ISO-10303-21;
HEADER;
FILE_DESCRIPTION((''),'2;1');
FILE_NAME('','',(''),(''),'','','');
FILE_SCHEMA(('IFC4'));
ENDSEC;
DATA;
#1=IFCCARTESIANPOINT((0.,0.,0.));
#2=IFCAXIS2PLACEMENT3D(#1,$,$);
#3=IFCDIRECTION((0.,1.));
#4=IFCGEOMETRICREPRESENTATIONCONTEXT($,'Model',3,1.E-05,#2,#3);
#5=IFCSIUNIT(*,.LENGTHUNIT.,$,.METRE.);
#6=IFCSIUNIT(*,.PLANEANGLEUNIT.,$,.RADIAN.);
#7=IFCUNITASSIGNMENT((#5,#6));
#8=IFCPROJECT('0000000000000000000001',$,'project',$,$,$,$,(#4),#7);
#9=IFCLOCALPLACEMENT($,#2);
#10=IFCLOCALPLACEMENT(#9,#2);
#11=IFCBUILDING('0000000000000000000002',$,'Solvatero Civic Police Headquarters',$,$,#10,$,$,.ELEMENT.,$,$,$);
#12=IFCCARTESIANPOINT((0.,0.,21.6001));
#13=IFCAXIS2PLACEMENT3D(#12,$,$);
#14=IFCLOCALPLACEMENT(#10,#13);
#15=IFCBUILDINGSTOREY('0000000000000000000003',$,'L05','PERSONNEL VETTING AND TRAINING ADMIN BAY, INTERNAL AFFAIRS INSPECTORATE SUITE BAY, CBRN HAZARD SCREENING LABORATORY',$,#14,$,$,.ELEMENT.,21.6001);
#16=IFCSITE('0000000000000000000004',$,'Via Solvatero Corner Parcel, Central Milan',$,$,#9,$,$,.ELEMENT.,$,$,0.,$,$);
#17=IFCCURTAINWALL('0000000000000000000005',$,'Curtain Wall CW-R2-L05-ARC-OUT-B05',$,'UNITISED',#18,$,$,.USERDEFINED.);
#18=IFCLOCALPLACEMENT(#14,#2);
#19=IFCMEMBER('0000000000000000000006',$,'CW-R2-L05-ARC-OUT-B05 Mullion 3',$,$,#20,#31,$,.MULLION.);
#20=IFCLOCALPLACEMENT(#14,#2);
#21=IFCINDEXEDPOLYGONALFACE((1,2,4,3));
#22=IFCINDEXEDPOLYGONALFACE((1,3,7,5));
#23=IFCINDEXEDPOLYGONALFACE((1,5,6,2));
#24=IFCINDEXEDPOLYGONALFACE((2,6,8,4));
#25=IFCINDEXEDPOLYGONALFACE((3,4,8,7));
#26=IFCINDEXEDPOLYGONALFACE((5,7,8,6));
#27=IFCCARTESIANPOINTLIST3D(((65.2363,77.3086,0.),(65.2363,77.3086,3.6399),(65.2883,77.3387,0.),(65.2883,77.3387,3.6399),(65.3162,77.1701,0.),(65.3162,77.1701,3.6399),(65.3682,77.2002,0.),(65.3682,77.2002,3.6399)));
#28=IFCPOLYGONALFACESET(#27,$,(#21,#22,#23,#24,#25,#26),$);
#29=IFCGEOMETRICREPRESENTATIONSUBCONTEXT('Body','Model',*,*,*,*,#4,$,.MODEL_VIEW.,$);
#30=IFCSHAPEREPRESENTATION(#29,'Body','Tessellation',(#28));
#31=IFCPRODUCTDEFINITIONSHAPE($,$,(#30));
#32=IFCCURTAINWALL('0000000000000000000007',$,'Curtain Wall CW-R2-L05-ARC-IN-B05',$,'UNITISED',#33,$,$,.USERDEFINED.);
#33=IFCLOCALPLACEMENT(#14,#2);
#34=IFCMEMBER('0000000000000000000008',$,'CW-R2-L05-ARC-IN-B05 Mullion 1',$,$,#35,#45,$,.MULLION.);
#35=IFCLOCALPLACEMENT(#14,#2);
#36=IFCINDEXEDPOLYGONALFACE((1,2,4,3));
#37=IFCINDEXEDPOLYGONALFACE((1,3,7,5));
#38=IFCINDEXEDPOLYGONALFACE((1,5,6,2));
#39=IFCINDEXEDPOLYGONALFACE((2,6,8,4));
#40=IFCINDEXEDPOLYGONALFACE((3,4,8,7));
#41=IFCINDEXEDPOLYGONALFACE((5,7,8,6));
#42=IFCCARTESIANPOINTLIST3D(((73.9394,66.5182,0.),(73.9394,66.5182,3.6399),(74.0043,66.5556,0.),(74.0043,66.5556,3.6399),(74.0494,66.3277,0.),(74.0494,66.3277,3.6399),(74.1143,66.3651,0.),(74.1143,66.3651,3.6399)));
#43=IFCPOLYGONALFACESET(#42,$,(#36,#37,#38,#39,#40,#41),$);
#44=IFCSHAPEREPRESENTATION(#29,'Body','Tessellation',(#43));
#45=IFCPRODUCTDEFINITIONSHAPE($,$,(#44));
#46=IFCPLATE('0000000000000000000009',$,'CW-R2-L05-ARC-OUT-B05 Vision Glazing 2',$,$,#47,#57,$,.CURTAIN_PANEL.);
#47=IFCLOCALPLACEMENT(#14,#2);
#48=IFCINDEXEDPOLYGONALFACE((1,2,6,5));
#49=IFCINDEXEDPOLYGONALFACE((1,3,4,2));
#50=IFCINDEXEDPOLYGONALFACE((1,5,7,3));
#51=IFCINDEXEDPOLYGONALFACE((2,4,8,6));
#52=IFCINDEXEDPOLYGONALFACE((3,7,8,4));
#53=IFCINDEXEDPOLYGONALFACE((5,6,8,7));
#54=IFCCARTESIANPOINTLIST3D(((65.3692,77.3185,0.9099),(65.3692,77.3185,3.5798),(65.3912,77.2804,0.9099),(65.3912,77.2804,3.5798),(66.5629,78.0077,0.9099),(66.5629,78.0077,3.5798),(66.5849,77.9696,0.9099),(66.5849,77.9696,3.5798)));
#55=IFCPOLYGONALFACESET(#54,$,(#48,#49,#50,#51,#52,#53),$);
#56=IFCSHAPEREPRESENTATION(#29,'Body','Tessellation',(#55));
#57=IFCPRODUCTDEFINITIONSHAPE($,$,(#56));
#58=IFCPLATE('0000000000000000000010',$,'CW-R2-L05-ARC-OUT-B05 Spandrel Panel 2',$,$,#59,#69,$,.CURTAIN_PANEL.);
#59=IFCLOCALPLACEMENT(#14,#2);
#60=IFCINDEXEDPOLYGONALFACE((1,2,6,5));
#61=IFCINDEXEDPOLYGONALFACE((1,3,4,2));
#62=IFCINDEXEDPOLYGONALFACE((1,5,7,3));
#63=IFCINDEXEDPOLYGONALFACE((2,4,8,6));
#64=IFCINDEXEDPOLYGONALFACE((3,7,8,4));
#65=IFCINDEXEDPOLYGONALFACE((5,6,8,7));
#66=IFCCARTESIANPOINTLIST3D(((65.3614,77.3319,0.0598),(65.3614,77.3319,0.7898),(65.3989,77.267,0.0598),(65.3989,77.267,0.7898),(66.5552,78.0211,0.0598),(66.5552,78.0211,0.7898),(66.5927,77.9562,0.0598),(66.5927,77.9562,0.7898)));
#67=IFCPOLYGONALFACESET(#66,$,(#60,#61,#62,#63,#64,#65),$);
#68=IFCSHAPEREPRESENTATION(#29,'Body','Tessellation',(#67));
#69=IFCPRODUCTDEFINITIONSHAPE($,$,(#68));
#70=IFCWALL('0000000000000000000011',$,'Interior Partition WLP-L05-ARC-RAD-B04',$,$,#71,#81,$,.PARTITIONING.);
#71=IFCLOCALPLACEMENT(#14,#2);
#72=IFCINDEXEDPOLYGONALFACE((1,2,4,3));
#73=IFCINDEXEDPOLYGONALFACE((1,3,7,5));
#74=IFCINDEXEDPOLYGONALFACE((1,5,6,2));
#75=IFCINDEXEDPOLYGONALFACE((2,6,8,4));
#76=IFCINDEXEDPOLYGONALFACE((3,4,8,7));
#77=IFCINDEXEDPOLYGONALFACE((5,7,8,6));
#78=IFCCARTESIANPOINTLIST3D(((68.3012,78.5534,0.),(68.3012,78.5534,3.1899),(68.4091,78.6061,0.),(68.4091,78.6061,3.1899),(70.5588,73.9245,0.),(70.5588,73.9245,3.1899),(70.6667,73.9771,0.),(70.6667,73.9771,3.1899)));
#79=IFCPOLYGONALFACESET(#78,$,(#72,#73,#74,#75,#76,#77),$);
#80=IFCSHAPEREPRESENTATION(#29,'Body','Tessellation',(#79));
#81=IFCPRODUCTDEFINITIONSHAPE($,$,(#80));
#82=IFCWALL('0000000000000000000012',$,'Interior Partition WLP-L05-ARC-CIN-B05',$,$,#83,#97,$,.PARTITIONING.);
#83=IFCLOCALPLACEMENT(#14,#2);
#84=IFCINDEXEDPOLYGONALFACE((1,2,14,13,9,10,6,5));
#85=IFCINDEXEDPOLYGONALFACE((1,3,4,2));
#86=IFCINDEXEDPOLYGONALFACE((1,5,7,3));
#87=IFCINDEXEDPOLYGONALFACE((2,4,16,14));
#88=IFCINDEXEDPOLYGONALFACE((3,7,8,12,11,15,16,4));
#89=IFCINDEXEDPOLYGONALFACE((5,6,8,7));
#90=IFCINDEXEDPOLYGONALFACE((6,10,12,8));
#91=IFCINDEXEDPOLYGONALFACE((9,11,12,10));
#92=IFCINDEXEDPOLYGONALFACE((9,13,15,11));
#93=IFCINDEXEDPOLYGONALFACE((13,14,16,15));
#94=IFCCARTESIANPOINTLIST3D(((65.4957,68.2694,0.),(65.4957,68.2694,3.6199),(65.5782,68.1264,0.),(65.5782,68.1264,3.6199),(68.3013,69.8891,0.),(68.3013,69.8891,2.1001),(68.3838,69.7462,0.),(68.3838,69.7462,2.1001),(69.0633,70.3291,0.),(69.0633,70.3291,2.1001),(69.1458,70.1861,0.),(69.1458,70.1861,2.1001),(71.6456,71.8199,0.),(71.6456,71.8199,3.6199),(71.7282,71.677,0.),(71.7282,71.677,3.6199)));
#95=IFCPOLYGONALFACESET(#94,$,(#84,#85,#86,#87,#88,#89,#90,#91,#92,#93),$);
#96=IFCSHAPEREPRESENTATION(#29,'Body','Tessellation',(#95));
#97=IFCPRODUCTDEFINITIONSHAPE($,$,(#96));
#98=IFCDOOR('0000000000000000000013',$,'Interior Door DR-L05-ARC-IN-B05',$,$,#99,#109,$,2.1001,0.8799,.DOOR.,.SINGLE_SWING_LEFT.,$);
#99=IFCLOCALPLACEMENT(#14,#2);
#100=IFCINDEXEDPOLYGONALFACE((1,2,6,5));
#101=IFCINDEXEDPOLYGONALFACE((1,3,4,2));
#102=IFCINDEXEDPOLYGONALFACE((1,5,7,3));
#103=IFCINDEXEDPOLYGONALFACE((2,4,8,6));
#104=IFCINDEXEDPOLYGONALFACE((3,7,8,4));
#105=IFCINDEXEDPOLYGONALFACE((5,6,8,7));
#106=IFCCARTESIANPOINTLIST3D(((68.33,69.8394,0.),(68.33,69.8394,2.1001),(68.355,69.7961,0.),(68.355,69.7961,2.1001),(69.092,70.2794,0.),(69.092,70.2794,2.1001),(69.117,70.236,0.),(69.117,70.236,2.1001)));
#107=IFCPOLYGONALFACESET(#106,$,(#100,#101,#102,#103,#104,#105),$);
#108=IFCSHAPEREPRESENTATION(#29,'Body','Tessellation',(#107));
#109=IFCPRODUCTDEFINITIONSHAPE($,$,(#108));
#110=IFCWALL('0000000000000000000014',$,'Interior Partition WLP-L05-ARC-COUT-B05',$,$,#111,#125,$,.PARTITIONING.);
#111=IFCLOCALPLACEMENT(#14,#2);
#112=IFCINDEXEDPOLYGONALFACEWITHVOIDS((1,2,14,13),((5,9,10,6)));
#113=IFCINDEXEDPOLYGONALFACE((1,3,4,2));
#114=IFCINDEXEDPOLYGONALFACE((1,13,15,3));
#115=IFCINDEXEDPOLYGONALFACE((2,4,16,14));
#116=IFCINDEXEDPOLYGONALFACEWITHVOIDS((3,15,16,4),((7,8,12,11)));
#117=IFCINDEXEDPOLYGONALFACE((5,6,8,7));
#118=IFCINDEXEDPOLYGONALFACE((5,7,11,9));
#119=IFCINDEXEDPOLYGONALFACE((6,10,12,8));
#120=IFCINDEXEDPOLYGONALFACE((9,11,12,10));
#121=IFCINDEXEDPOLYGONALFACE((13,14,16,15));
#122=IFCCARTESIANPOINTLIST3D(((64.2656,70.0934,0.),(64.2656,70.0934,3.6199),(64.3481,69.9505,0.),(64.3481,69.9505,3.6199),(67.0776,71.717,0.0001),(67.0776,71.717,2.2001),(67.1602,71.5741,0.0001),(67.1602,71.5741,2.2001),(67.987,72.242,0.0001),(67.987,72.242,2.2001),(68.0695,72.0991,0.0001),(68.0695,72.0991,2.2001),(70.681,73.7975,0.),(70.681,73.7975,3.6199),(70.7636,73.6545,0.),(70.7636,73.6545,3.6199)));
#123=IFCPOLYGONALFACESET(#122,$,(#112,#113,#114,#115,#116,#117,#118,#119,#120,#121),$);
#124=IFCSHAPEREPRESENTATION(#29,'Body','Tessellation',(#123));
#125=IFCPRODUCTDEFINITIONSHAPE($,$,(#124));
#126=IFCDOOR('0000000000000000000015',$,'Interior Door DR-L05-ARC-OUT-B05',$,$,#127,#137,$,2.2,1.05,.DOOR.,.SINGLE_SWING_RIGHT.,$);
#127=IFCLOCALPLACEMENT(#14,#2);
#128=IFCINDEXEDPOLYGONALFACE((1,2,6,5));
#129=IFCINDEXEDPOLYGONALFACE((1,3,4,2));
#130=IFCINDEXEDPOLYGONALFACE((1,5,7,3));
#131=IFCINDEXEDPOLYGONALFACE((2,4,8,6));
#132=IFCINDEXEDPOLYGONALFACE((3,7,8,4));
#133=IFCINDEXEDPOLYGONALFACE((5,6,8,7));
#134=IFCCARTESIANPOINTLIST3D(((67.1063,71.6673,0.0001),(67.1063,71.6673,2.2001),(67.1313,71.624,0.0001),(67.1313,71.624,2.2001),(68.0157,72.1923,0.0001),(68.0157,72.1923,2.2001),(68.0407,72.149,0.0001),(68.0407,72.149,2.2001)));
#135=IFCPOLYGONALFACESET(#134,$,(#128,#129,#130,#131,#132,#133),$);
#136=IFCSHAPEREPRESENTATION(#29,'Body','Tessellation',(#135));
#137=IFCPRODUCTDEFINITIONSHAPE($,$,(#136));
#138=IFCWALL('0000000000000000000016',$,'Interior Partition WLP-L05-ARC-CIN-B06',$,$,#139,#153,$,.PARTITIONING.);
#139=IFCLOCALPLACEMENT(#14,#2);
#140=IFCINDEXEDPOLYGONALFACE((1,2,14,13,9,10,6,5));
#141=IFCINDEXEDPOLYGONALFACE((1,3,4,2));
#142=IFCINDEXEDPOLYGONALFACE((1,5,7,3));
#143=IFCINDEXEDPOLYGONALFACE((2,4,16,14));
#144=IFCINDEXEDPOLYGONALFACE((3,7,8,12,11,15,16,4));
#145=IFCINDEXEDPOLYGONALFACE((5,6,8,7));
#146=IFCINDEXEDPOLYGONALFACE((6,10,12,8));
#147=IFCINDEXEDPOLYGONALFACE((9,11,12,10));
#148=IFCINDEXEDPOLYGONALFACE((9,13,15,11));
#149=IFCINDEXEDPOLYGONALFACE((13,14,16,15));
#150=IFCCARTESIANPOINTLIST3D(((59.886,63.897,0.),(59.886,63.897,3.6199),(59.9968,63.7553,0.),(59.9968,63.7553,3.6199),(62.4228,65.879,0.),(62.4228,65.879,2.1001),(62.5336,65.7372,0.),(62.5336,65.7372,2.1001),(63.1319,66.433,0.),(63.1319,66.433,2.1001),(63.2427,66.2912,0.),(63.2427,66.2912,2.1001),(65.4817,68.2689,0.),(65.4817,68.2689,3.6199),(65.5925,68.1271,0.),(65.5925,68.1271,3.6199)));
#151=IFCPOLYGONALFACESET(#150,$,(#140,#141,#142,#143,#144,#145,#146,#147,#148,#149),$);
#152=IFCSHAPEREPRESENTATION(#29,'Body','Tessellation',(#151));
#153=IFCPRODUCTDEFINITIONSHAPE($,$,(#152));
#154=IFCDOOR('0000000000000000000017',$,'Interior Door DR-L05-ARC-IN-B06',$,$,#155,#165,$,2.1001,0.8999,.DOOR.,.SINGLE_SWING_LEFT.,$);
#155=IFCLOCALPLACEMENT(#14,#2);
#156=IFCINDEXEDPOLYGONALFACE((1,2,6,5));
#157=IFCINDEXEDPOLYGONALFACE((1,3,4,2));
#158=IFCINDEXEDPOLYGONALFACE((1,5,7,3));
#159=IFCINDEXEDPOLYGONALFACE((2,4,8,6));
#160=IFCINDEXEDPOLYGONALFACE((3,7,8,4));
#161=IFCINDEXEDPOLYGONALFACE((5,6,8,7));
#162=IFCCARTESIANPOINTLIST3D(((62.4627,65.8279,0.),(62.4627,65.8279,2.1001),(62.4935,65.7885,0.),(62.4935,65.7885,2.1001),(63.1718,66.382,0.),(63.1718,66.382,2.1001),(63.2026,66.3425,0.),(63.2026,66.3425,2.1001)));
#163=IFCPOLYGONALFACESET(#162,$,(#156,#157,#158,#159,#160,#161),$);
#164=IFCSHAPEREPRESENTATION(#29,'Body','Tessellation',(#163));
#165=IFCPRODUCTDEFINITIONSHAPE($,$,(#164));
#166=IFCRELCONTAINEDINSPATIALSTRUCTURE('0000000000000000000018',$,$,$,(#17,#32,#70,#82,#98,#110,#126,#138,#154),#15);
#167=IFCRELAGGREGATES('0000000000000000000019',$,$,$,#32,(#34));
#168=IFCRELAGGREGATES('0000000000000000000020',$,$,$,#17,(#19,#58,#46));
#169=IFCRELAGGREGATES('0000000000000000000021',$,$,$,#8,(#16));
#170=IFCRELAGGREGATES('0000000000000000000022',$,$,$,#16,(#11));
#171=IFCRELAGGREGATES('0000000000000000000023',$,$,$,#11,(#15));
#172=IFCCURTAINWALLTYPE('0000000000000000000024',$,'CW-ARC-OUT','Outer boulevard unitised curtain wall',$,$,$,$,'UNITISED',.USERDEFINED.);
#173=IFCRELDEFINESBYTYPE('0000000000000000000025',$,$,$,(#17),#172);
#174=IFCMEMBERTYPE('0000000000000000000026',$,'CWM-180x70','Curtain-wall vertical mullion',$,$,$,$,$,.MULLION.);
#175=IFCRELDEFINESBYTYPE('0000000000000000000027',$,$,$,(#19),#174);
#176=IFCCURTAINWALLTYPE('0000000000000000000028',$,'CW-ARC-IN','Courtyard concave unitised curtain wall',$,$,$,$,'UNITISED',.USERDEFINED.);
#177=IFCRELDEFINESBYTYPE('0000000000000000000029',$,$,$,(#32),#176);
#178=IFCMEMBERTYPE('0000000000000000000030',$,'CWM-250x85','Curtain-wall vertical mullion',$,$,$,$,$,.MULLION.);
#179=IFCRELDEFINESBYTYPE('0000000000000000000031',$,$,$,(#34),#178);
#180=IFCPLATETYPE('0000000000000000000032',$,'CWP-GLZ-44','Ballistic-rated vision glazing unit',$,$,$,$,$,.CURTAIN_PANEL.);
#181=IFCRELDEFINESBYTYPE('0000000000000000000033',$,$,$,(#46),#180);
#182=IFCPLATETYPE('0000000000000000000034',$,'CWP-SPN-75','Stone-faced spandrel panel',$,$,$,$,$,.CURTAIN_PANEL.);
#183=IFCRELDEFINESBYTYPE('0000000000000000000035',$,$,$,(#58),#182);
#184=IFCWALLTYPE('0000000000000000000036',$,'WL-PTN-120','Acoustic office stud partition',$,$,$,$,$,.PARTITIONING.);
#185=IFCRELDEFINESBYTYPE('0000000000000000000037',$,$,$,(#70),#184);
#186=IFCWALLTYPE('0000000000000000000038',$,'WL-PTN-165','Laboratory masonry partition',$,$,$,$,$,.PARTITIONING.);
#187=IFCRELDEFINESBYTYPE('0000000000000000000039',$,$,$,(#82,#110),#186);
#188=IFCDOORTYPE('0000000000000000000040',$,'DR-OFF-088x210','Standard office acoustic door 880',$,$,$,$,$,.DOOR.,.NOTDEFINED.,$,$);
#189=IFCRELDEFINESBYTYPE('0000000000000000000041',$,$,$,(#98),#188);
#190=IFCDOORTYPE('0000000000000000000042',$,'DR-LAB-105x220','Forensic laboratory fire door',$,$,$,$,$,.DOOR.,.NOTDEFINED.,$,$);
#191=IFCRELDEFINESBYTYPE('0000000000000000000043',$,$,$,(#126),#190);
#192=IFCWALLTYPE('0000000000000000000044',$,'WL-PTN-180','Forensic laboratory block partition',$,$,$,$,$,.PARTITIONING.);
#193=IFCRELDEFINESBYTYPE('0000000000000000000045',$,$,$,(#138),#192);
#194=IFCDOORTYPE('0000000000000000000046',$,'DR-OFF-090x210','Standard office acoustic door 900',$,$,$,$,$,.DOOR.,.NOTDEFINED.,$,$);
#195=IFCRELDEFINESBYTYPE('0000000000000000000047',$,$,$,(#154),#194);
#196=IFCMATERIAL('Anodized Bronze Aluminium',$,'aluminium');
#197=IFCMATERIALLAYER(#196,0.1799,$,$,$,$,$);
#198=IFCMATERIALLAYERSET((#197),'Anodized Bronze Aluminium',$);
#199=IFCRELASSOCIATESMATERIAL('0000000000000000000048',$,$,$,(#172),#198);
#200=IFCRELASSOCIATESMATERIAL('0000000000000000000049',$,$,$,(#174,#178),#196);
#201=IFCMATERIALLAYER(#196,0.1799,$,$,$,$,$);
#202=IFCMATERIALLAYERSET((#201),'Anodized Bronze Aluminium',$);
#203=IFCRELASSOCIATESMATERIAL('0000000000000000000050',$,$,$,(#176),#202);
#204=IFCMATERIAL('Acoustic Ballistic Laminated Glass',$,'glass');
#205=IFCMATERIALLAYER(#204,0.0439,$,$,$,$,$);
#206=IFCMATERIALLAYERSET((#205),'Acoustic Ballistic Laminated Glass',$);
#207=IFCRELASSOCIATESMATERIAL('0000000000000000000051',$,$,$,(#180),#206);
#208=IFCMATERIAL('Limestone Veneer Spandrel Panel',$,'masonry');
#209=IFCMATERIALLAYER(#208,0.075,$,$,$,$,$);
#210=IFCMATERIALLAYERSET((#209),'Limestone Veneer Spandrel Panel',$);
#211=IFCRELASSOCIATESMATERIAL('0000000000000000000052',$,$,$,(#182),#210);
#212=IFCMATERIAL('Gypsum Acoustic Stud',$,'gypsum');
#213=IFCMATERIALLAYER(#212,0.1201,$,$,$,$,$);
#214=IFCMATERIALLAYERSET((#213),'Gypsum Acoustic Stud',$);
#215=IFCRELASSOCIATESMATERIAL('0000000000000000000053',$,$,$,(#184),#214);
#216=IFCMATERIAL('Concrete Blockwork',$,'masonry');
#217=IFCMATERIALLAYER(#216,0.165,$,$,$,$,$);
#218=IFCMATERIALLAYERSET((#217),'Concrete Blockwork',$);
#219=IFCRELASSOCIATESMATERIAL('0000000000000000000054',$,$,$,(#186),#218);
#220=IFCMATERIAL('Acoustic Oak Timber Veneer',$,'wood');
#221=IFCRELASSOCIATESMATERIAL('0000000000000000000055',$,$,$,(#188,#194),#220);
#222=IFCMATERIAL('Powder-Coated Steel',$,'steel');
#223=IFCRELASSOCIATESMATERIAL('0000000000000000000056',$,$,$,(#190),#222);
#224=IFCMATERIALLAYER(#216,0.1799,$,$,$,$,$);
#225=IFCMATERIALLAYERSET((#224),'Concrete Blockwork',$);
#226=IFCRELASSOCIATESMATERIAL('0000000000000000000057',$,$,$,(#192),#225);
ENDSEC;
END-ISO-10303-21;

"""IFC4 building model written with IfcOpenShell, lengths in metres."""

from ifc_helpers import new_model, si_unit, direction, frame, frame_2d, origin, origin_2d, place, context, subcontext, project, spatial, rectangle, extrude, material, layer, layer_set, material_profile, profile_set, type_object, element, fill, aggregate, save


model = new_model("IFC4")

# Units and contexts
model_context = context("Model", 3, precision=1e-05, world=origin(), true_north=direction((0.0, 1.0)))
body_context = subcontext(model_context, "Body", "Model", "MODEL_VIEW")
ifc_project = project(units=[si_unit("LENGTHUNIT", "METRE"), si_unit("PLANEANGLEUNIT", "RADIAN")], contexts=[model_context])

# Site, building, storey
site_placement = place(None, origin())
site = spatial("IfcSite", under=ifc_project, at=site_placement, Name="Via Solvatero Corner Parcel, Central Milan", CompositionType="ELEMENT", RefElevation=0.0)
building_placement = place(site_placement, origin())
building = spatial("IfcBuilding", under=site, at=building_placement, Name="Solvatero Civic Police Headquarters", CompositionType="ELEMENT")
storey_placement = place(building_placement, frame((0.0, 0.0, 21.6001)))
storey = spatial("IfcBuildingStorey", under=building, at=storey_placement, Name="L05", Description="PERSONNEL VETTING AND TRAINING ADMIN BAY, INTERNAL AFFAIRS INSPECTORATE SUITE BAY, CBRN HAZARD SCREENING LABORATORY", CompositionType="ELEMENT", Elevation=21.6001)

# Curtain walls, members
ifc_material_1 = material(Name="Anodized Bronze Aluminium", Category="aluminium")
ifc_layer_1 = layer(ifc_material_1, 0.1799)
ifc_layer_set_1 = layer_set([ifc_layer_1], Name="Anodized Bronze Aluminium")
curtain_wall_type_1 = type_object("IfcCurtainWallType", Name="CW-ARC-OUT", Description="Outer boulevard unitised curtain wall", ElementType="UNITISED", PredefinedType="USERDEFINED", material=ifc_layer_set_1)
curtain_wall_1_placement = place(storey_placement, origin())
curtain_wall_1 = element("IfcCurtainWall", 1, at=curtain_wall_1_placement, inside=storey, type_object=curtain_wall_type_1, Name="Curtain Wall CW-R2-L05-ARC-OUT-B05", ObjectType="UNITISED", PredefinedType="USERDEFINED")
ifc_material_profile_1 = material_profile(ifc_material_1, rectangle(XDim=0.0601, YDim=0.1599, at=origin_2d()), Name="ALU MULLION 60x160")
ifc_profile_set_1 = profile_set([ifc_material_profile_1], Name="Anodized Bronze Aluminium")
member_type_1 = type_object("IfcMemberType", Name="CWM-180x70", Description="Curtain-wall vertical mullion", PredefinedType="MULLION", material=ifc_profile_set_1)
member_1_placement = place(storey_placement, frame((65.3022, 77.2544, 0.0), z_axis=(0.0, 0.0, 1.0), x_axis=(-0.866034, -0.499985, 0.0)))
member_1 = element("IfcMember", 2, at=member_1_placement, type_object=member_type_1, Name="CW-R2-L05-ARC-OUT-B05 Mullion 3", PredefinedType="MULLION", context=body_context, shape_type="SweptSolid", body=[
    extrude(rectangle(XDim=0.0601, YDim=0.1599, at=origin_2d()), origin(), (0.0, 0.0, 1.0), 3.6399),
])
ifc_layer_2 = layer(ifc_material_1, 0.1799)
ifc_layer_set_2 = layer_set([ifc_layer_2], Name="Anodized Bronze Aluminium")
curtain_wall_type_2 = type_object("IfcCurtainWallType", Name="CW-ARC-IN", Description="Courtyard concave unitised curtain wall", ElementType="UNITISED", PredefinedType="USERDEFINED", material=ifc_layer_set_2)
curtain_wall_2_placement = place(storey_placement, origin())
curtain_wall_2 = element("IfcCurtainWall", 3, at=curtain_wall_2_placement, inside=storey, type_object=curtain_wall_type_2, Name="Curtain Wall CW-R2-L05-ARC-IN-B05", ObjectType="UNITISED", PredefinedType="USERDEFINED")
ifc_material_profile_2 = material_profile(ifc_material_1, rectangle(XDim=0.075, YDim=0.22, at=origin_2d()), Name="ALU MULLION 75x220")
ifc_profile_set_2 = profile_set([ifc_material_profile_2], Name="Anodized Bronze Aluminium")
member_type_2 = type_object("IfcMemberType", Name="CWM-250x85", Description="Curtain-wall vertical mullion", PredefinedType="MULLION", material=ifc_profile_set_2)
member_2_placement = place(storey_placement, frame((74.0269, 66.4417, 0.0), z_axis=(0.0, 0.0, 1.0), x_axis=(-0.866025, -0.5, 0.0)))
member_2 = element("IfcMember", 4, at=member_2_placement, type_object=member_type_2, Name="CW-R2-L05-ARC-IN-B05 Mullion 1", PredefinedType="MULLION", context=body_context, shape_type="SweptSolid", body=[
    extrude(rectangle(XDim=0.075, YDim=0.22, at=origin_2d()), origin(), (0.0, 0.0, 1.0), 3.6399),
])
aggregate(curtain_wall_2, [member_2])

# Plates
ifc_material_2 = material(Name="Acoustic Ballistic Laminated Glass", Category="glass")
ifc_layer_3 = layer(ifc_material_2, 0.0439)
ifc_layer_set_3 = layer_set([ifc_layer_3], Name="Acoustic Ballistic Laminated Glass")
plate_type_1 = type_object("IfcPlateType", Name="CWP-GLZ-44", Description="Ballistic-rated vision glazing unit", PredefinedType="CURTAIN_PANEL", material=ifc_layer_set_3)
plate_1_placement = place(storey_placement, frame((65.9771, 77.644, 0.9099), z_axis=(0.0, 0.0, 1.0), x_axis=(-0.866034, -0.499985, 0.0)))
plate_1 = element("IfcPlate", 5, at=plate_1_placement, type_object=plate_type_1, Name="CW-R2-L05-ARC-OUT-B05 Vision Glazing 2", PredefinedType="CURTAIN_PANEL", context=body_context, shape_type="SweptSolid", body=[
    extrude(rectangle(XDim=1.3784, YDim=0.0439, at=origin_2d()), origin(), (0.0, 0.0, 1.0), 2.6699),
])
ifc_material_3 = material(Name="Limestone Veneer Spandrel Panel", Category="masonry")
ifc_layer_4 = layer(ifc_material_3, 0.075)
ifc_layer_set_4 = layer_set([ifc_layer_4], Name="Limestone Veneer Spandrel Panel")
plate_type_2 = type_object("IfcPlateType", Name="CWP-SPN-75", Description="Stone-faced spandrel panel", PredefinedType="CURTAIN_PANEL", material=ifc_layer_set_4)
plate_2_placement = place(storey_placement, frame((65.9771, 77.644, 0.0598), z_axis=(0.0, 0.0, 1.0), x_axis=(-0.866034, -0.499985, 0.0)))
plate_2 = element("IfcPlate", 6, at=plate_2_placement, type_object=plate_type_2, Name="CW-R2-L05-ARC-OUT-B05 Spandrel Panel 2", PredefinedType="CURTAIN_PANEL", context=body_context, shape_type="SweptSolid", body=[
    extrude(rectangle(XDim=1.3784, YDim=0.075, at=origin_2d()), origin(), (0.0, 0.0, 1.0), 0.73),
])
aggregate(curtain_wall_1, [member_1, plate_2, plate_1])

# Wall
ifc_material_4 = material(Name="Gypsum Acoustic Stud", Category="gypsum")
ifc_layer_5 = layer(ifc_material_4, 0.1201)
ifc_layer_set_5 = layer_set([ifc_layer_5], Name="Gypsum Acoustic Stud")
wall_type_1 = type_object("IfcWallType", Name="WL-PTN-120", Description="Acoustic office stud partition", PredefinedType="PARTITIONING", material=ifc_layer_set_5)
wall_1_placement = place(storey_placement, frame((70.6128, 73.9507, 0.0), z_axis=(0.0, 0.0, 1.0), x_axis=(-0.438355, 0.898802, 0.0)))
element("IfcWall", 7, at=wall_1_placement, inside=storey, type_object=wall_type_1, Name="Interior Partition WLP-L05-ARC-RAD-B04", PredefinedType="PARTITIONING", context=body_context, shape_type="SweptSolid", body=[
    extrude(rectangle(XDim=5.1501, YDim=0.1201, at=frame_2d((2.5752, 0.0))), origin(), (0.0, 0.0, 1.0), 3.1899),
])

# Walls, openings, doors
ifc_material_5 = material(Name="Concrete Blockwork", Category="masonry")
ifc_layer_6 = layer(ifc_material_5, 0.165)
ifc_layer_set_6 = layer_set([ifc_layer_6], Name="Concrete Blockwork")
wall_type_2 = type_object("IfcWallType", Name="WL-PTN-165", Description="Laboratory masonry partition", PredefinedType="PARTITIONING", material=ifc_layer_set_6)
wall_2_placement = place(storey_placement, frame((71.687, 71.7485, 0.0), z_axis=(0.0, 0.0, 1.0), x_axis=(-0.866032, -0.499988, 0.0)))
wall_2 = element("IfcWall", 8, at=wall_2_placement, inside=storey, type_object=wall_type_2, Name="Interior Partition WLP-L05-ARC-CIN-B05", PredefinedType="PARTITIONING", context=body_context, shape_type="SweptSolid", body=[
    extrude(rectangle(XDim=7.1013, YDim=0.165, at=frame_2d((3.5508, 0.0))), origin(), (0.0, 0.0, 1.0), 3.6199),
])
opening_1_placement = place(wall_2_placement, frame((2.9819, 0.0, 0.0)))
opening_1 = element("IfcOpeningElement", 9, at=opening_1_placement, cuts=wall_2, PredefinedType="OPENING", context=body_context, shape_type="SweptSolid", body=[
    extrude(rectangle(XDim=0.8799, YDim=2.1001, at=frame_2d((0.4399, 1.05))), frame((0.0, 0.0925, 0.0), z_axis=(0.0, -1.0, 0.0), x_axis=(1.0, 0.0, 0.0)), (0.0, 0.0, 1.0), 0.1851),
])
ifc_material_6 = material(Name="Acoustic Oak Timber Veneer", Category="wood")
door_type_1 = type_object("IfcDoorType", Name="DR-OFF-088x210", Description="Standard office acoustic door 880", OperationType="NOTDEFINED", PredefinedType="DOOR", material=ifc_material_6)
door_1_placement = place(opening_1_placement, origin())
door_1 = element("IfcDoor", 10, at=door_1_placement, inside=storey, type_object=door_type_1, Name="Interior Door DR-L05-ARC-IN-B05", OperationType="SINGLE_SWING_LEFT", OverallHeight=2.1001, OverallWidth=0.8799, PredefinedType="DOOR", context=body_context, shape_type="SweptSolid", body=[
    extrude(rectangle(XDim=0.8799, YDim=2.1001, at=frame_2d((0.4399, 1.05))), frame((0.0, 0.0249, 0.0), z_axis=(0.0, -1.0, 0.0), x_axis=(1.0, 0.0, 0.0)), (0.0, 0.0, 1.0), 0.05),
])
fill(opening_1, door_1)
wall_3_placement = place(storey_placement, frame((70.7224, 73.7261, 0.0), z_axis=(0.0, 0.0, 1.0), x_axis=(-0.86602, -0.50001, 0.0)))
wall_3 = element("IfcWall", 11, at=wall_3_placement, inside=storey, type_object=wall_type_2, Name="Interior Partition WLP-L05-ARC-COUT-B05", PredefinedType="PARTITIONING", context=body_context, shape_type="SweptSolid", body=[
    extrude(rectangle(XDim=7.408, YDim=0.165, at=frame_2d((3.7041, 0.0))), origin(), (0.0, 0.0, 1.0), 3.6199),
])
opening_2_placement = place(wall_3_placement, frame((3.1111, 0.0, 0.0)))
opening_2 = element("IfcOpeningElement", 12, at=opening_2_placement, cuts=wall_3, PredefinedType="OPENING", context=body_context, shape_type="SweptSolid", body=[
    extrude(rectangle(XDim=1.05, YDim=2.2, at=frame_2d((0.5249, 1.1001))), frame((0.0, 0.0925, 0.0), z_axis=(0.0, -1.0, 0.0), x_axis=(1.0, 0.0, 0.0)), (0.0, 0.0, 1.0), 0.1851),
])
ifc_material_7 = material(Name="Powder-Coated Steel", Category="steel")
door_type_2 = type_object("IfcDoorType", Name="DR-LAB-105x220", Description="Forensic laboratory fire door", OperationType="NOTDEFINED", PredefinedType="DOOR", material=ifc_material_7)
door_2_placement = place(opening_2_placement, origin())
door_2 = element("IfcDoor", 13, at=door_2_placement, inside=storey, type_object=door_type_2, Name="Interior Door DR-L05-ARC-OUT-B05", OperationType="SINGLE_SWING_RIGHT", OverallHeight=2.2, OverallWidth=1.05, PredefinedType="DOOR", context=body_context, shape_type="SweptSolid", body=[
    extrude(rectangle(XDim=1.05, YDim=2.2, at=frame_2d((0.5249, 1.1001))), frame((0.0, 0.0249, 0.0), z_axis=(0.0, -1.0, 0.0), x_axis=(1.0, 0.0, 0.0)), (0.0, 0.0, 1.0), 0.05),
])
fill(opening_2, door_2)
ifc_layer_7 = layer(ifc_material_5, 0.1799)
ifc_layer_set_7 = layer_set([ifc_layer_7], Name="Concrete Blockwork")
wall_type_3 = type_object("IfcWallType", Name="WL-PTN-180", Description="Forensic laboratory block partition", PredefinedType="PARTITIONING", material=ifc_layer_set_7)
wall_4_placement = place(storey_placement, frame((65.5371, 68.198, 0.0), z_axis=(0.0, 0.0, 1.0), x_axis=(-0.788012, -0.61566, 0.0)))
wall_4 = element("IfcWall", 14, at=wall_4_placement, inside=storey, type_object=wall_type_3, Name="Interior Partition WLP-L05-ARC-CIN-B06", PredefinedType="PARTITIONING", context=body_context, shape_type="SweptSolid", body=[
    extrude(rectangle(XDim=7.1011, YDim=0.1799, at=frame_2d((3.5505, 0.0))), origin(), (0.0, 0.0, 1.0), 3.6199),
])
opening_3_placement = place(wall_4_placement, frame((2.9819, 0.0, 0.0)))
opening_3 = element("IfcOpeningElement", 15, at=opening_3_placement, cuts=wall_4, PredefinedType="OPENING", context=body_context, shape_type="SweptSolid", body=[
    extrude(rectangle(XDim=0.8999, YDim=2.1001, at=frame_2d((0.45, 1.05))), frame((0.0, 0.0999, 0.0), z_axis=(0.0, -1.0, 0.0), x_axis=(1.0, 0.0, 0.0)), (0.0, 0.0, 1.0), 0.2),
])
door_type_3 = type_object("IfcDoorType", Name="DR-OFF-090x210", Description="Standard office acoustic door 900", OperationType="NOTDEFINED", PredefinedType="DOOR", material=ifc_material_6)
door_3_placement = place(opening_3_placement, origin())
door_3 = element("IfcDoor", 16, at=door_3_placement, inside=storey, type_object=door_type_3, Name="Interior Door DR-L05-ARC-IN-B06", OperationType="SINGLE_SWING_LEFT", OverallHeight=2.1001, OverallWidth=0.8999, PredefinedType="DOOR", context=body_context, shape_type="SweptSolid", body=[
    extrude(rectangle(XDim=0.8999, YDim=2.1001, at=frame_2d((0.45, 1.05))), frame((0.0, 0.0249, 0.0), z_axis=(0.0, -1.0, 0.0), x_axis=(1.0, 0.0, 0.0)), (0.0, 0.0, 1.0), 0.05),
])
fill(opening_3, door_3)

save(model, "model.ifc")
